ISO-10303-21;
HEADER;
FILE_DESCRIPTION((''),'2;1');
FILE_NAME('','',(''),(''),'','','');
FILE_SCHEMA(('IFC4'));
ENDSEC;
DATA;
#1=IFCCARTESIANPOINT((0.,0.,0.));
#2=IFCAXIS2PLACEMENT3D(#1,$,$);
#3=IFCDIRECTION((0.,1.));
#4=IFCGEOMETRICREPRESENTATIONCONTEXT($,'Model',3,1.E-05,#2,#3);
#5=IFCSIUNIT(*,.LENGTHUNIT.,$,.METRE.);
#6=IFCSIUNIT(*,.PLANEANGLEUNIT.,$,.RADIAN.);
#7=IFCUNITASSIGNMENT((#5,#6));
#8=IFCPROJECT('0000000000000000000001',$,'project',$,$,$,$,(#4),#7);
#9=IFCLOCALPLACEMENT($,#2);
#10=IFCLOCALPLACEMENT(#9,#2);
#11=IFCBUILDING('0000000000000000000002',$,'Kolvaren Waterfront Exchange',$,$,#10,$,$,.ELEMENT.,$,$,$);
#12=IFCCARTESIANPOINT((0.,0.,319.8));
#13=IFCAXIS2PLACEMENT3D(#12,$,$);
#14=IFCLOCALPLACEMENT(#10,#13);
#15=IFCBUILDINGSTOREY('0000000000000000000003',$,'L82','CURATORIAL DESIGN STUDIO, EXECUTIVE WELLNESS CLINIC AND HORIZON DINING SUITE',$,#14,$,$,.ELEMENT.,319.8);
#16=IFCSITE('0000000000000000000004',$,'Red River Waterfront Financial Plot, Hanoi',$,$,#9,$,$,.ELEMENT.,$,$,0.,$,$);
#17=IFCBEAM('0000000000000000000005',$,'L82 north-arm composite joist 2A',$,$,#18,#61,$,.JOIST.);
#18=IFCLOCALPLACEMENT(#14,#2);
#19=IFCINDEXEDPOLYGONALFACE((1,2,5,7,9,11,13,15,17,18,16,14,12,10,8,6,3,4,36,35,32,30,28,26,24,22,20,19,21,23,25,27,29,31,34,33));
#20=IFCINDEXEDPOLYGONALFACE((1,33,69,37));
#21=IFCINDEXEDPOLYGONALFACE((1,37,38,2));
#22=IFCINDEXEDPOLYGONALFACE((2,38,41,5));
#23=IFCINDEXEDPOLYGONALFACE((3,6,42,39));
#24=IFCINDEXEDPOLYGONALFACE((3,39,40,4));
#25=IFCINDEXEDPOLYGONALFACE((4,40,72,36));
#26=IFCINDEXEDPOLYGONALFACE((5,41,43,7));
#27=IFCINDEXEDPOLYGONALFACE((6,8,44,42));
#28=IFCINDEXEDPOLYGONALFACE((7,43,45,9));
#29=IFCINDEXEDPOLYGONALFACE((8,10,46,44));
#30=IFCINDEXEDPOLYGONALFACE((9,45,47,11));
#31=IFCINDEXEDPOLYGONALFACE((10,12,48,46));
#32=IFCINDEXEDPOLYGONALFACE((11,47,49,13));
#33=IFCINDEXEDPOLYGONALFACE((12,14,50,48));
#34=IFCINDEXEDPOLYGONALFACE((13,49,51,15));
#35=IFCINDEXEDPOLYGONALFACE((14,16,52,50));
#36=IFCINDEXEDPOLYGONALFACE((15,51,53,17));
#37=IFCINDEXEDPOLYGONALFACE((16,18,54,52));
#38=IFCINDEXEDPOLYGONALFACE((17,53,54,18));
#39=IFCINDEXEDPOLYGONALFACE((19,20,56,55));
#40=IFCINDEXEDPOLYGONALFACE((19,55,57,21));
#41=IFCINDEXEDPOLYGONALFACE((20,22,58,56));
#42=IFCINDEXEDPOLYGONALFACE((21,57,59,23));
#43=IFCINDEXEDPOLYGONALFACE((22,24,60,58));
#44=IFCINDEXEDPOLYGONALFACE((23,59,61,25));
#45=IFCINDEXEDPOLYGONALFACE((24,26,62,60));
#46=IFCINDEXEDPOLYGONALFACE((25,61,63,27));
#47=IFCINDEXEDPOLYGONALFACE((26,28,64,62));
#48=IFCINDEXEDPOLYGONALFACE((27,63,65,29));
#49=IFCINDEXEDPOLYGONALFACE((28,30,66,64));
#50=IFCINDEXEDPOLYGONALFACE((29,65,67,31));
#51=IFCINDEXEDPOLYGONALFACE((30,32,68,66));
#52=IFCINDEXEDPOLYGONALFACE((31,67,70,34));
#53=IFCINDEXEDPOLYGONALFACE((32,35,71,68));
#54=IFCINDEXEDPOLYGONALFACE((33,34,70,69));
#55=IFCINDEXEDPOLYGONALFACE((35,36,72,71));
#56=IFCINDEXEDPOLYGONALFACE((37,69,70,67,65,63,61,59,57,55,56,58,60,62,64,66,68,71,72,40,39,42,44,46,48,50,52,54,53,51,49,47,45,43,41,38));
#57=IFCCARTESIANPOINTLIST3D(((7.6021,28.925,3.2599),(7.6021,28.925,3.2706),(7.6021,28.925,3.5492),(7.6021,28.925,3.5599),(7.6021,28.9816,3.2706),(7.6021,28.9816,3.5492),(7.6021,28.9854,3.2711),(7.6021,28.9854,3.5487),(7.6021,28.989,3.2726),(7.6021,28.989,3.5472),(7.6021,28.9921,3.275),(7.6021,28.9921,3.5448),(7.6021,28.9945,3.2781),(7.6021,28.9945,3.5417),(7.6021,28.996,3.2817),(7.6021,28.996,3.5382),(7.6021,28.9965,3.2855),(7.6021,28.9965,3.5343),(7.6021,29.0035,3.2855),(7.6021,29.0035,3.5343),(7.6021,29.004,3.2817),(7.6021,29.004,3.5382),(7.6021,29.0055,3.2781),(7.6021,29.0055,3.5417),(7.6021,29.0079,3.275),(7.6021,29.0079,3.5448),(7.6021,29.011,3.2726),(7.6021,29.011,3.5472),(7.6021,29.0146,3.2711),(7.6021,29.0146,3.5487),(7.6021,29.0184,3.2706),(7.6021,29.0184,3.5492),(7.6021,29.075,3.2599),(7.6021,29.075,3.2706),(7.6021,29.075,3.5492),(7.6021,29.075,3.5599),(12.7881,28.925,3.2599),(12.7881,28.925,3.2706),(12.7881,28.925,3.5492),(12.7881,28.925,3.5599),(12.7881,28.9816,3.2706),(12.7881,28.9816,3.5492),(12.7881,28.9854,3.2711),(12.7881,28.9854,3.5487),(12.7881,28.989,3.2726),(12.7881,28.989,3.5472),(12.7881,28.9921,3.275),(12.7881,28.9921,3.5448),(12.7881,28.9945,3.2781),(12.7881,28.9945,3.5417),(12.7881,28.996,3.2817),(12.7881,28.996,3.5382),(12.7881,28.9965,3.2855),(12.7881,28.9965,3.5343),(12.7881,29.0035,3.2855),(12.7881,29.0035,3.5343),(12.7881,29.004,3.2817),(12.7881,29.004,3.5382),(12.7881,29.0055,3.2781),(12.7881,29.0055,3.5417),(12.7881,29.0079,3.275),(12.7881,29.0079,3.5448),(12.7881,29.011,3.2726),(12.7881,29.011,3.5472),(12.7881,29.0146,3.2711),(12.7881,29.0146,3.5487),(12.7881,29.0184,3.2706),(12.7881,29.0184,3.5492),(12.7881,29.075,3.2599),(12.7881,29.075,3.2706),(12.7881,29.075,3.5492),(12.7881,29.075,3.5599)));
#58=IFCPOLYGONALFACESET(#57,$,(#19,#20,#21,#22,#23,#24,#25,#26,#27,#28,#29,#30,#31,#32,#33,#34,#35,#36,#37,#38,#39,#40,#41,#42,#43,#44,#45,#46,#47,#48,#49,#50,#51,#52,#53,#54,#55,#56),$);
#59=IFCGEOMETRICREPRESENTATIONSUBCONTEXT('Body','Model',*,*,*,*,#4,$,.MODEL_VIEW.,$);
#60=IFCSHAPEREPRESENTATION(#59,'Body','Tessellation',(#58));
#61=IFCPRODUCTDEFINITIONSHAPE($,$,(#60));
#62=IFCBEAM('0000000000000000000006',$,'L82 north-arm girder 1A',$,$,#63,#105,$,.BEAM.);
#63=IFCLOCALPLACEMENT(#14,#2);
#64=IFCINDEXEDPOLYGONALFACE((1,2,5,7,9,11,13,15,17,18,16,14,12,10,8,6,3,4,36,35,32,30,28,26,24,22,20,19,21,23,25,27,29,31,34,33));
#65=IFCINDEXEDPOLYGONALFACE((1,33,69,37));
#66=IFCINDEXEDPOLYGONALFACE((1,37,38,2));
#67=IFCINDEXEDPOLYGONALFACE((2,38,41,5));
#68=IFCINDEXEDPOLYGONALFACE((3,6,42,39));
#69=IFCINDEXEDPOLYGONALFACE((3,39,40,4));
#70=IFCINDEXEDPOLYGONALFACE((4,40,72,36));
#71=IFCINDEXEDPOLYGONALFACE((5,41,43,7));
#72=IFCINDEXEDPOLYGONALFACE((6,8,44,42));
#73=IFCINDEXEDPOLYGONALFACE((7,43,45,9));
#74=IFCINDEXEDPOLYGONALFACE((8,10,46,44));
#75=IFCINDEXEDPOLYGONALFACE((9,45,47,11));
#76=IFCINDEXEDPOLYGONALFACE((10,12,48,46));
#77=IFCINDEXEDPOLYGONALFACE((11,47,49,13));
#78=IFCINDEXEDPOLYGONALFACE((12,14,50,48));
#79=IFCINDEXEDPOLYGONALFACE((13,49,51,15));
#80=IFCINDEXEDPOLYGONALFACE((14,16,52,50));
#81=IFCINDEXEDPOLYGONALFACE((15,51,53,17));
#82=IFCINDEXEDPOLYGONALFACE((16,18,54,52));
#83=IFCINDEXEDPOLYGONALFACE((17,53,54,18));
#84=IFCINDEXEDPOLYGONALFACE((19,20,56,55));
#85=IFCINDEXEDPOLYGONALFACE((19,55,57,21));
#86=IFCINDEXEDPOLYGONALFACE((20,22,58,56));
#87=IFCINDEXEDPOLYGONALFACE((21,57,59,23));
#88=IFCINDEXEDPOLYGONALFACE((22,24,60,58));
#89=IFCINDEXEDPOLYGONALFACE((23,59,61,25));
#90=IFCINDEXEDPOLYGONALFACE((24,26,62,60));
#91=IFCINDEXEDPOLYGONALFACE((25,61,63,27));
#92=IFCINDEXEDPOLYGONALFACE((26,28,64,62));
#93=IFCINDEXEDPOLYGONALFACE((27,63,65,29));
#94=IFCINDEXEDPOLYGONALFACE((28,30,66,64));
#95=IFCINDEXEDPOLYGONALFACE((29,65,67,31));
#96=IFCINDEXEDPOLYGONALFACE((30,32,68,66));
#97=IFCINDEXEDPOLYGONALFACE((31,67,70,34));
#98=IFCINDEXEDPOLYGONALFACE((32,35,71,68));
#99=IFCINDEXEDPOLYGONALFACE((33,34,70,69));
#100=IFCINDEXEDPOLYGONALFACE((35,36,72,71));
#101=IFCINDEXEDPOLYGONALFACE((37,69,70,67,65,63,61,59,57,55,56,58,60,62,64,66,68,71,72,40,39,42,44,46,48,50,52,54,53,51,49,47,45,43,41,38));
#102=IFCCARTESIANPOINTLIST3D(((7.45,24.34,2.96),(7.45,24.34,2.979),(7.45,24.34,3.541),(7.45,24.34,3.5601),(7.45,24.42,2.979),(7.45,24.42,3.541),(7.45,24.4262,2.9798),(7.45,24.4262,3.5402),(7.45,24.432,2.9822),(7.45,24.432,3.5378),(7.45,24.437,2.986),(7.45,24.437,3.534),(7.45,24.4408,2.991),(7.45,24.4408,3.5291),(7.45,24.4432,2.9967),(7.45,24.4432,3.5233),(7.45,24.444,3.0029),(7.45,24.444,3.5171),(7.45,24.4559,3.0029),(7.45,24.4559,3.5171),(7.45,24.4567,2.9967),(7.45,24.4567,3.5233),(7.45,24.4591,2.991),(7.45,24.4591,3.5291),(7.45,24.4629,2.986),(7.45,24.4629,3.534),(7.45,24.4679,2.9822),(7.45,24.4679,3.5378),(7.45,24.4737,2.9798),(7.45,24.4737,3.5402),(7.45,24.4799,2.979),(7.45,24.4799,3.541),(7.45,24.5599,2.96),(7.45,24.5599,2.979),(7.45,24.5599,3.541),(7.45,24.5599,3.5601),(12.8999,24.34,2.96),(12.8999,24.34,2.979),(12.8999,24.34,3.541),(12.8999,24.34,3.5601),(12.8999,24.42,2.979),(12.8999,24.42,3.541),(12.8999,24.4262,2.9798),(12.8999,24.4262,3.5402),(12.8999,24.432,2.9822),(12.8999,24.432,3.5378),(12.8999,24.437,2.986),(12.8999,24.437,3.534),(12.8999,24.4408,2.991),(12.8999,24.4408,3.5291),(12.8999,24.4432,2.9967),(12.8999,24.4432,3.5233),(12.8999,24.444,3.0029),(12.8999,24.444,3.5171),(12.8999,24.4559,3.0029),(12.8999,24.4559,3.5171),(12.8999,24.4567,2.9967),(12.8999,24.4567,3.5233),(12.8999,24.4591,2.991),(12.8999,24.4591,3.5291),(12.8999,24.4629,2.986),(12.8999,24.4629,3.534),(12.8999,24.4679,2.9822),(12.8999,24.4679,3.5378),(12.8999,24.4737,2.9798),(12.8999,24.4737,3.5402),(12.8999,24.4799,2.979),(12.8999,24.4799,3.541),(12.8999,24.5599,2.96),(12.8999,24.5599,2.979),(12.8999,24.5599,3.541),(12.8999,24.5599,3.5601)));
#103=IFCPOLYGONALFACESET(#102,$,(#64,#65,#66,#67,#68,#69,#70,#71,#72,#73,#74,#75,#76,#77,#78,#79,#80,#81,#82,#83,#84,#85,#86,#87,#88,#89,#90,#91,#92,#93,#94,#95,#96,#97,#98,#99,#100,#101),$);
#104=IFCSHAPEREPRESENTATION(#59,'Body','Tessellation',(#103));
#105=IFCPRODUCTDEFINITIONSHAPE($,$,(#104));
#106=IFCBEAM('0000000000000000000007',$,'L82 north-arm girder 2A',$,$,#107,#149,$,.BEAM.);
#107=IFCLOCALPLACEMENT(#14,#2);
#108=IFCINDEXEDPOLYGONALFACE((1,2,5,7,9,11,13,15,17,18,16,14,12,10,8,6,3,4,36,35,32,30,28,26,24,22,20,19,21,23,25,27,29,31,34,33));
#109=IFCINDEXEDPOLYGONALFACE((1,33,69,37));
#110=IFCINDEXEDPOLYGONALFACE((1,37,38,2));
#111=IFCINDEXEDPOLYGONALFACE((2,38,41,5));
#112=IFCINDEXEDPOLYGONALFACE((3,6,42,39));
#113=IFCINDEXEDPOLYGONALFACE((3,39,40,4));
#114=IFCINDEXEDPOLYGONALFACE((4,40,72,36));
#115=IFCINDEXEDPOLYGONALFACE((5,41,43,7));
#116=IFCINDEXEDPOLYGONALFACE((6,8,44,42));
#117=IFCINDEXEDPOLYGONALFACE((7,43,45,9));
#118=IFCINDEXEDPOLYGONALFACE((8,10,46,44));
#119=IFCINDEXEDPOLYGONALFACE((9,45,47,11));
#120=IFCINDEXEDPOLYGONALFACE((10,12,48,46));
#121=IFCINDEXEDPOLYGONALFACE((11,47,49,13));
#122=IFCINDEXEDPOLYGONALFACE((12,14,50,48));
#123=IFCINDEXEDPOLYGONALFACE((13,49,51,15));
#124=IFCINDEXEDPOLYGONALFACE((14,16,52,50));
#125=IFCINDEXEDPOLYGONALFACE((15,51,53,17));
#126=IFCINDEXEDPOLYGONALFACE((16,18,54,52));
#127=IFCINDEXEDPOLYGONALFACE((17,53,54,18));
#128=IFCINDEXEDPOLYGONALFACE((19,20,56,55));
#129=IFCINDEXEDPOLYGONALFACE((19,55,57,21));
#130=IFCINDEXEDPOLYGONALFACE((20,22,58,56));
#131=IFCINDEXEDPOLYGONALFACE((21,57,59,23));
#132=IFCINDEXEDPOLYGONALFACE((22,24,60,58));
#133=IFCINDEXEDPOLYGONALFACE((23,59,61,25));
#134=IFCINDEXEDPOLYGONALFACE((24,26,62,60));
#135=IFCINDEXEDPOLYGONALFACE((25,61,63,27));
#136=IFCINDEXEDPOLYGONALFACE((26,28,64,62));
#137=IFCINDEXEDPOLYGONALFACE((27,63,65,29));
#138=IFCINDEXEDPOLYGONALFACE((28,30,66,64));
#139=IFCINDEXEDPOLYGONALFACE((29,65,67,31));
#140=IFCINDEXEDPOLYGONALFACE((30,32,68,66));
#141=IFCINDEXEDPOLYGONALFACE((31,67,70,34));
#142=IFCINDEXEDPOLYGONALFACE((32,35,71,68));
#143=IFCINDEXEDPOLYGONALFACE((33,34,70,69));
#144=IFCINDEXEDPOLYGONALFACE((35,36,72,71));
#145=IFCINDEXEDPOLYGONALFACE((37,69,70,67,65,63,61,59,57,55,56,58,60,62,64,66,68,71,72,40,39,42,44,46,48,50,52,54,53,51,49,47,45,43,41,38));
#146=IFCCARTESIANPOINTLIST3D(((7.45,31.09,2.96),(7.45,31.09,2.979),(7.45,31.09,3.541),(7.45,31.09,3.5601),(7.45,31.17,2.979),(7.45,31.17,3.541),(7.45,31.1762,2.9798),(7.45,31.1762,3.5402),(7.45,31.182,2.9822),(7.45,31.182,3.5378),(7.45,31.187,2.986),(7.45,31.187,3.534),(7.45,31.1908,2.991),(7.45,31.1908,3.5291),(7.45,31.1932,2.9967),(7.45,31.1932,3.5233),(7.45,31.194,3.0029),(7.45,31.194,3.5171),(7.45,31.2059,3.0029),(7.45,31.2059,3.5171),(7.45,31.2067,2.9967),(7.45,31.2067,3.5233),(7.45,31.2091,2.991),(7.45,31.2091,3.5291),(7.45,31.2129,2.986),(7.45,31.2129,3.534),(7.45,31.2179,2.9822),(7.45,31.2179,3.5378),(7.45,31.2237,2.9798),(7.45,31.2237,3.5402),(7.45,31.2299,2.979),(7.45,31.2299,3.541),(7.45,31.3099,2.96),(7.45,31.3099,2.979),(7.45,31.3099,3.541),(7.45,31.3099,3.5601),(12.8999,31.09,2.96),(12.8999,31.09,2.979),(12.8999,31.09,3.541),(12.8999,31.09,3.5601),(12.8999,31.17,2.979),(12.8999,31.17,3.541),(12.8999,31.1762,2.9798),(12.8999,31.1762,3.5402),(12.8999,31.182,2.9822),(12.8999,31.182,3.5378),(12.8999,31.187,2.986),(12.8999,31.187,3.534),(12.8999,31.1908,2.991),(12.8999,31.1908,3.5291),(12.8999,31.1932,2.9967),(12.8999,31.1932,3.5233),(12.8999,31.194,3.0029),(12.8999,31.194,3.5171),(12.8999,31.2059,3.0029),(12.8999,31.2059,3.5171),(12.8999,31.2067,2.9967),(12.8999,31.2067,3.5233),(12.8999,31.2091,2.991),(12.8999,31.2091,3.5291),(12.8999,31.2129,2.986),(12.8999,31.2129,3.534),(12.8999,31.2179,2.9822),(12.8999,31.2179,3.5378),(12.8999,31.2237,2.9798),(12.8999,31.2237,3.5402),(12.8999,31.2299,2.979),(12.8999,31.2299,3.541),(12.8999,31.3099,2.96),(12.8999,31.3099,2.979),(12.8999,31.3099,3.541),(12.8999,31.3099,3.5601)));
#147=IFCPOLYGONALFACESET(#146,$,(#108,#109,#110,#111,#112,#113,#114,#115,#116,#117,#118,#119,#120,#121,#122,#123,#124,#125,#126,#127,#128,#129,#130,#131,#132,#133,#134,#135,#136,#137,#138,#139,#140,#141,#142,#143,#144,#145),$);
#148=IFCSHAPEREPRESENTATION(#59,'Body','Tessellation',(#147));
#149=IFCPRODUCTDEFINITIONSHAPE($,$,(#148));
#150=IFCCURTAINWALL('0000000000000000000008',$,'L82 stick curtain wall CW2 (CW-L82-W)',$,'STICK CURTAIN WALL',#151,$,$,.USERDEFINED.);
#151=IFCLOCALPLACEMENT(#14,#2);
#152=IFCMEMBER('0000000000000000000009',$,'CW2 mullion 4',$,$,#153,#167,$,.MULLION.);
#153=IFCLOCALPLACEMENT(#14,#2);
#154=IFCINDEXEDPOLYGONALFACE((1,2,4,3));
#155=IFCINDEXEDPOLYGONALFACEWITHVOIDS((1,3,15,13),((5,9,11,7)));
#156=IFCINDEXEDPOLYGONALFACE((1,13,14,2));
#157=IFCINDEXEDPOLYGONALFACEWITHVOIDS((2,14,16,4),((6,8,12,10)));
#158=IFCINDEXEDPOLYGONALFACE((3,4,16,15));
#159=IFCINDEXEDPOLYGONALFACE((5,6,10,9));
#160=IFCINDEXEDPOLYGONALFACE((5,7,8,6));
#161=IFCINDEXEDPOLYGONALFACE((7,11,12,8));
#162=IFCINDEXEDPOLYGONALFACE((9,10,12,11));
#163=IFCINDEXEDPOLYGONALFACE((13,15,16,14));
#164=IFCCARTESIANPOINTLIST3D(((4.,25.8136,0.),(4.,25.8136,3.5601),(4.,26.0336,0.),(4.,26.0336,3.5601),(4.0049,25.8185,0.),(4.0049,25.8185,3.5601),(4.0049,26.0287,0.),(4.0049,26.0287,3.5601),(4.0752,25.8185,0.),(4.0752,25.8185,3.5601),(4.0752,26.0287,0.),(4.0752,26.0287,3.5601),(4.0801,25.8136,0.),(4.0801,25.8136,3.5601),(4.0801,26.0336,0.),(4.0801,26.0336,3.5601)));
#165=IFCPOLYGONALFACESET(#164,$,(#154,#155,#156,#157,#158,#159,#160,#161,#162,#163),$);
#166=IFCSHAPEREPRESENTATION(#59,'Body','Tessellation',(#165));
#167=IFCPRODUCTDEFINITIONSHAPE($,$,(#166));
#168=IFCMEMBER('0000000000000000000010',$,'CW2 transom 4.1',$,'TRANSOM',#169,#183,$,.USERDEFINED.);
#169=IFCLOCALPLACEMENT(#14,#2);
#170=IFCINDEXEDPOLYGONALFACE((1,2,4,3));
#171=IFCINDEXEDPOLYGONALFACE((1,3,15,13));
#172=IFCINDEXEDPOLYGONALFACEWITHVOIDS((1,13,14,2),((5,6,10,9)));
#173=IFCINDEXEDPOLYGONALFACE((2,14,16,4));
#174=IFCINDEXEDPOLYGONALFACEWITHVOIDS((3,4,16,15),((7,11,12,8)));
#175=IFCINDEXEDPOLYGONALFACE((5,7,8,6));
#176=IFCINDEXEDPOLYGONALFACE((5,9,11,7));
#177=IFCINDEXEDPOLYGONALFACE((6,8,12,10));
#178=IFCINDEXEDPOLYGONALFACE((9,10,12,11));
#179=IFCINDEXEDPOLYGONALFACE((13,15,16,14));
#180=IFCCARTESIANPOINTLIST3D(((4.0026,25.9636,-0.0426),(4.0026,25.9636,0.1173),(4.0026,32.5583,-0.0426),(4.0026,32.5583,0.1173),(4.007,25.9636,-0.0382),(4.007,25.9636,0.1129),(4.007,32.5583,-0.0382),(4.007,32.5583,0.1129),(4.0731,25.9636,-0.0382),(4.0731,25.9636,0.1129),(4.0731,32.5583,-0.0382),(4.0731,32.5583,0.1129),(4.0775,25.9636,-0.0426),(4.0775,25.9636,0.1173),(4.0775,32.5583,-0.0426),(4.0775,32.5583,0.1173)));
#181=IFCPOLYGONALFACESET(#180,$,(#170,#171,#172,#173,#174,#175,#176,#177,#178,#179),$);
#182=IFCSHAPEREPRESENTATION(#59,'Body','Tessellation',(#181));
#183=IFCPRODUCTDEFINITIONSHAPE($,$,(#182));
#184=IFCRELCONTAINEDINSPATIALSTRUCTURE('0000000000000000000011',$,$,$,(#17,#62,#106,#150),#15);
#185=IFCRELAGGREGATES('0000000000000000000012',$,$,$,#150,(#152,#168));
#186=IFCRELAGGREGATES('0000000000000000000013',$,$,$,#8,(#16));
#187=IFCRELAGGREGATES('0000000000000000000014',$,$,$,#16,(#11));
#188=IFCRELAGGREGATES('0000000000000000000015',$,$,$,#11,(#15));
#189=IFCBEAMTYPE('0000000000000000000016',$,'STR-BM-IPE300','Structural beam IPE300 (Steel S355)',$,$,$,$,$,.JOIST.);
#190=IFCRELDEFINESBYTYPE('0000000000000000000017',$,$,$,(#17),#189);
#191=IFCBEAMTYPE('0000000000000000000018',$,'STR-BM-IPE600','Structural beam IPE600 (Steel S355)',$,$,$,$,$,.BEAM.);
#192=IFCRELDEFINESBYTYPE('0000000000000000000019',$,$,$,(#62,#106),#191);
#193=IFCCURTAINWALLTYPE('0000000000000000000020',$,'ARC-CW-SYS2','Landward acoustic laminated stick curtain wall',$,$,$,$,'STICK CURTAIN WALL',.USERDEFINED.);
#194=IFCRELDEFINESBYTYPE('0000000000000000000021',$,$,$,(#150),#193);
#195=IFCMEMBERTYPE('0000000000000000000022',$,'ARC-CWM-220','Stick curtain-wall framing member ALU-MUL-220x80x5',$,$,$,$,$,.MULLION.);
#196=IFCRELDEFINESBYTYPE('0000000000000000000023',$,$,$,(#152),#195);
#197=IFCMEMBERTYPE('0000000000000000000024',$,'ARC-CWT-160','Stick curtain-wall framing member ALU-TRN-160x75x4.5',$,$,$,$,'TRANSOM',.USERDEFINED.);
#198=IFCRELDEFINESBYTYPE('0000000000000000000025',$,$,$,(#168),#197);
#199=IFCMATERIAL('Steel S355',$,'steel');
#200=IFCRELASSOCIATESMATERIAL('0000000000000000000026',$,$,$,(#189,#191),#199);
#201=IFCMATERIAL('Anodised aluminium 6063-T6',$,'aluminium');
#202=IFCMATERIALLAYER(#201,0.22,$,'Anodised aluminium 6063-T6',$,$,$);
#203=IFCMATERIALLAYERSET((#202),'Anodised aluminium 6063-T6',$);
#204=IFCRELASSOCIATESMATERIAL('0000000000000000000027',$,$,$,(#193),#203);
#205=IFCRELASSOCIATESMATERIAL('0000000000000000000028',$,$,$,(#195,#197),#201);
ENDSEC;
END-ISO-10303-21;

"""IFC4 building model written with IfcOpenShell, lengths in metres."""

from ifc_helpers import new_model, si_unit, direction, frame, origin, origin_with_axes, origin_2d, place, context, subcontext, project, spatial, hollow_rectangle, i_section, extrude, source, transform, mapped, material, layer, layer_set, material_profile, profile_set, type_object, element, aggregate, save


model = new_model("IFC4")

# Units and contexts
model_context = context("Model", 3, precision=1e-05, world=origin(), true_north=direction((0.0, 1.0)))
body_context = subcontext(model_context, "Body", "Model", "MODEL_VIEW")
ifc_project = project(units=[si_unit("LENGTHUNIT", "METRE"), si_unit("PLANEANGLEUNIT", "RADIAN")], contexts=[model_context])

# Site, building, storey
site_placement = place(None, origin())
site = spatial("IfcSite", under=ifc_project, at=site_placement, Name="Red River Waterfront Financial Plot, Hanoi", CompositionType="ELEMENT", RefElevation=0.0)
building_placement = place(site_placement, origin())
building = spatial("IfcBuilding", under=site, at=building_placement, Name="Kolvaren Waterfront Exchange", CompositionType="ELEMENT")
storey_placement = place(building_placement, frame((0.0, 0.0, 319.8)))
storey = spatial("IfcBuildingStorey", under=building, at=storey_placement, Name="L82", Description="CURATORIAL DESIGN STUDIO, EXECUTIVE WELLNESS CLINIC AND HORIZON DINING SUITE", CompositionType="ELEMENT", Elevation=319.8)

# Beams
ifc_material_1 = material(Name="Steel S355", Category="steel")
ifc_material_profile_1 = material_profile(ifc_material_1, i_section(OverallWidth=0.1499, OverallDepth=0.3, WebThickness=0.0071, FlangeThickness=0.0107, FilletRadius=0.0149, at=origin_2d()), Name="IPE300")
ifc_profile_set_1 = profile_set([ifc_material_profile_1], Name="Steel S355")
beam_type_1 = type_object("IfcBeamType", Name="STR-BM-IPE300", Description="Structural beam IPE300 (Steel S355)", PredefinedType="JOIST", material=ifc_profile_set_1)
for number, where, z_axis, x_axis, name in (
    (1, (7.6021, 29.0, 3.4099), (1.0, 0.0, 0.0), (0.0, 1.0, 0.0), "L82 north-arm composite joist 2A"),
):
    element("IfcBeam", number, at=place(storey_placement, frame(where, z_axis=z_axis, x_axis=x_axis)), inside=storey, type_object=beam_type_1, Name=name, PredefinedType="JOIST", context=body_context, shape_type="SweptSolid", body=[
        extrude(i_section(OverallWidth=0.1499, OverallDepth=0.3, WebThickness=0.0071, FlangeThickness=0.0107, FilletRadius=0.0149, at=origin_2d()), origin(), (0.0, 0.0, 1.0), 5.186),
    ])
ifc_material_profile_2 = material_profile(ifc_material_1, i_section(OverallWidth=0.22, OverallDepth=0.6001, WebThickness=0.012, FlangeThickness=0.019, FilletRadius=0.0239, at=origin_2d()), Name="IPE600")
ifc_profile_set_2 = profile_set([ifc_material_profile_2], Name="Steel S355")
beam_type_2 = type_object("IfcBeamType", Name="STR-BM-IPE600", Description="Structural beam IPE600 (Steel S355)", PredefinedType="BEAM", material=ifc_profile_set_2)
for number, where, z_axis, x_axis, name in (
    (2, (7.45, 24.45, 3.26), (1.0, 0.0, 0.0), (0.0, 1.0, 0.0), "L82 north-arm girder 1A"),
    (3, (7.45, 31.2, 3.26), (1.0, 0.0, 0.0), (0.0, 1.0, 0.0), "L82 north-arm girder 2A"),
):
    element("IfcBeam", number, at=place(storey_placement, frame(where, z_axis=z_axis, x_axis=x_axis)), inside=storey, type_object=beam_type_2, Name=name, PredefinedType="BEAM", context=body_context, shape_type="SweptSolid", body=[
        extrude(i_section(OverallWidth=0.22, OverallDepth=0.6001, WebThickness=0.012, FlangeThickness=0.019, FilletRadius=0.0239, at=origin_2d()), origin(), (0.0, 0.0, 1.0), 5.45),
    ])

# Curtain wall, members
ifc_material_2 = material(Name="Anodised aluminium 6063-T6", Category="aluminium")
ifc_layer_1 = layer(ifc_material_2, 0.22, Name="Anodised aluminium 6063-T6")
ifc_layer_set_1 = layer_set([ifc_layer_1], Name="Anodised aluminium 6063-T6")
curtain_wall_type = type_object("IfcCurtainWallType", Name="ARC-CW-SYS2", Description="Landward acoustic laminated stick curtain wall", ElementType="STICK CURTAIN WALL", PredefinedType="USERDEFINED", material=ifc_layer_set_1)
curtain_wall_placement = place(storey_placement, origin())
curtain_wall = element("IfcCurtainWall", 4, at=curtain_wall_placement, inside=storey, type_object=curtain_wall_type, Name="L82 stick curtain wall CW2 (CW-L82-W)", ObjectType="STICK CURTAIN WALL", PredefinedType="USERDEFINED")
ifc_material_profile_3 = material_profile(ifc_material_2, hollow_rectangle(XDim=0.0801, YDim=0.22, WallThickness=0.0049, at=origin_2d()), Name="ALU-MUL-220x80x5")
ifc_profile_set_3 = profile_set([ifc_material_profile_3], Name="Anodised aluminium 6063-T6")
member_type_1 = type_object("IfcMemberType", Name="ARC-CWM-220", Description="Stick curtain-wall framing member ALU-MUL-220x80x5", PredefinedType="MULLION", material=ifc_profile_set_3)
shared_shape_1 = source(origin_with_axes(), body_context, "Body", "SweptSolid", [
    extrude(hollow_rectangle(XDim=0.0801, YDim=0.22, WallThickness=0.0049, at=origin_2d()), origin(), (0.0, 0.0, 1.0), 3.5601),
])
member_1_placement = place(storey_placement, frame((4.04, 25.9236, 0.0), z_axis=(0.0, 0.0, 1.0), x_axis=(-1.0, 0.0, 0.0)))
member_1 = element("IfcMember", 5, at=member_1_placement, type_object=member_type_1, Name="CW2 mullion 4", PredefinedType="MULLION", context=body_context, shape_type="MappedRepresentation", body=[
    mapped(shared_shape_1, transform((0.0, 0.0, 0.0), x_axis=(1.0, 0.0, 0.0), y_axis=(0.0, 1.0, 0.0), z_axis=(0.0, 0.0, 1.0), scale=1.0)),
])
ifc_material_profile_4 = material_profile(ifc_material_2, hollow_rectangle(XDim=0.075, YDim=0.1599, WallThickness=0.0044, at=origin_2d()), Name="ALU-TRN-160x75x4.5")
ifc_profile_set_4 = profile_set([ifc_material_profile_4], Name="Anodised aluminium 6063-T6")
member_type_2 = type_object("IfcMemberType", Name="ARC-CWT-160", Description="Stick curtain-wall framing member ALU-TRN-160x75x4.5", ElementType="TRANSOM", PredefinedType="USERDEFINED", material=ifc_profile_set_4)
shared_shape_2 = source(origin_with_axes(), body_context, "Body", "SweptSolid", [
    extrude(hollow_rectangle(XDim=0.075, YDim=0.1599, WallThickness=0.0044, at=origin_2d()), origin(), (0.0, 0.0, 1.0), 6.5947),
])
member_2_placement = place(storey_placement, frame((4.04, 25.9636, 0.0374), z_axis=(0.0, 1.0, 0.0), x_axis=(-1.0, 0.0, 0.0)))
member_2 = element("IfcMember", 6, at=member_2_placement, type_object=member_type_2, Name="CW2 transom 4.1", ObjectType="TRANSOM", PredefinedType="USERDEFINED", context=body_context, shape_type="MappedRepresentation", body=[
    mapped(shared_shape_2, transform((0.0, 0.0, 0.0), x_axis=(1.0, 0.0, 0.0), y_axis=(0.0, 1.0, 0.0), z_axis=(0.0, 0.0, 1.0), scale=1.0)),
])
aggregate(curtain_wall, [member_1, member_2])

save(model, "model.ifc")
